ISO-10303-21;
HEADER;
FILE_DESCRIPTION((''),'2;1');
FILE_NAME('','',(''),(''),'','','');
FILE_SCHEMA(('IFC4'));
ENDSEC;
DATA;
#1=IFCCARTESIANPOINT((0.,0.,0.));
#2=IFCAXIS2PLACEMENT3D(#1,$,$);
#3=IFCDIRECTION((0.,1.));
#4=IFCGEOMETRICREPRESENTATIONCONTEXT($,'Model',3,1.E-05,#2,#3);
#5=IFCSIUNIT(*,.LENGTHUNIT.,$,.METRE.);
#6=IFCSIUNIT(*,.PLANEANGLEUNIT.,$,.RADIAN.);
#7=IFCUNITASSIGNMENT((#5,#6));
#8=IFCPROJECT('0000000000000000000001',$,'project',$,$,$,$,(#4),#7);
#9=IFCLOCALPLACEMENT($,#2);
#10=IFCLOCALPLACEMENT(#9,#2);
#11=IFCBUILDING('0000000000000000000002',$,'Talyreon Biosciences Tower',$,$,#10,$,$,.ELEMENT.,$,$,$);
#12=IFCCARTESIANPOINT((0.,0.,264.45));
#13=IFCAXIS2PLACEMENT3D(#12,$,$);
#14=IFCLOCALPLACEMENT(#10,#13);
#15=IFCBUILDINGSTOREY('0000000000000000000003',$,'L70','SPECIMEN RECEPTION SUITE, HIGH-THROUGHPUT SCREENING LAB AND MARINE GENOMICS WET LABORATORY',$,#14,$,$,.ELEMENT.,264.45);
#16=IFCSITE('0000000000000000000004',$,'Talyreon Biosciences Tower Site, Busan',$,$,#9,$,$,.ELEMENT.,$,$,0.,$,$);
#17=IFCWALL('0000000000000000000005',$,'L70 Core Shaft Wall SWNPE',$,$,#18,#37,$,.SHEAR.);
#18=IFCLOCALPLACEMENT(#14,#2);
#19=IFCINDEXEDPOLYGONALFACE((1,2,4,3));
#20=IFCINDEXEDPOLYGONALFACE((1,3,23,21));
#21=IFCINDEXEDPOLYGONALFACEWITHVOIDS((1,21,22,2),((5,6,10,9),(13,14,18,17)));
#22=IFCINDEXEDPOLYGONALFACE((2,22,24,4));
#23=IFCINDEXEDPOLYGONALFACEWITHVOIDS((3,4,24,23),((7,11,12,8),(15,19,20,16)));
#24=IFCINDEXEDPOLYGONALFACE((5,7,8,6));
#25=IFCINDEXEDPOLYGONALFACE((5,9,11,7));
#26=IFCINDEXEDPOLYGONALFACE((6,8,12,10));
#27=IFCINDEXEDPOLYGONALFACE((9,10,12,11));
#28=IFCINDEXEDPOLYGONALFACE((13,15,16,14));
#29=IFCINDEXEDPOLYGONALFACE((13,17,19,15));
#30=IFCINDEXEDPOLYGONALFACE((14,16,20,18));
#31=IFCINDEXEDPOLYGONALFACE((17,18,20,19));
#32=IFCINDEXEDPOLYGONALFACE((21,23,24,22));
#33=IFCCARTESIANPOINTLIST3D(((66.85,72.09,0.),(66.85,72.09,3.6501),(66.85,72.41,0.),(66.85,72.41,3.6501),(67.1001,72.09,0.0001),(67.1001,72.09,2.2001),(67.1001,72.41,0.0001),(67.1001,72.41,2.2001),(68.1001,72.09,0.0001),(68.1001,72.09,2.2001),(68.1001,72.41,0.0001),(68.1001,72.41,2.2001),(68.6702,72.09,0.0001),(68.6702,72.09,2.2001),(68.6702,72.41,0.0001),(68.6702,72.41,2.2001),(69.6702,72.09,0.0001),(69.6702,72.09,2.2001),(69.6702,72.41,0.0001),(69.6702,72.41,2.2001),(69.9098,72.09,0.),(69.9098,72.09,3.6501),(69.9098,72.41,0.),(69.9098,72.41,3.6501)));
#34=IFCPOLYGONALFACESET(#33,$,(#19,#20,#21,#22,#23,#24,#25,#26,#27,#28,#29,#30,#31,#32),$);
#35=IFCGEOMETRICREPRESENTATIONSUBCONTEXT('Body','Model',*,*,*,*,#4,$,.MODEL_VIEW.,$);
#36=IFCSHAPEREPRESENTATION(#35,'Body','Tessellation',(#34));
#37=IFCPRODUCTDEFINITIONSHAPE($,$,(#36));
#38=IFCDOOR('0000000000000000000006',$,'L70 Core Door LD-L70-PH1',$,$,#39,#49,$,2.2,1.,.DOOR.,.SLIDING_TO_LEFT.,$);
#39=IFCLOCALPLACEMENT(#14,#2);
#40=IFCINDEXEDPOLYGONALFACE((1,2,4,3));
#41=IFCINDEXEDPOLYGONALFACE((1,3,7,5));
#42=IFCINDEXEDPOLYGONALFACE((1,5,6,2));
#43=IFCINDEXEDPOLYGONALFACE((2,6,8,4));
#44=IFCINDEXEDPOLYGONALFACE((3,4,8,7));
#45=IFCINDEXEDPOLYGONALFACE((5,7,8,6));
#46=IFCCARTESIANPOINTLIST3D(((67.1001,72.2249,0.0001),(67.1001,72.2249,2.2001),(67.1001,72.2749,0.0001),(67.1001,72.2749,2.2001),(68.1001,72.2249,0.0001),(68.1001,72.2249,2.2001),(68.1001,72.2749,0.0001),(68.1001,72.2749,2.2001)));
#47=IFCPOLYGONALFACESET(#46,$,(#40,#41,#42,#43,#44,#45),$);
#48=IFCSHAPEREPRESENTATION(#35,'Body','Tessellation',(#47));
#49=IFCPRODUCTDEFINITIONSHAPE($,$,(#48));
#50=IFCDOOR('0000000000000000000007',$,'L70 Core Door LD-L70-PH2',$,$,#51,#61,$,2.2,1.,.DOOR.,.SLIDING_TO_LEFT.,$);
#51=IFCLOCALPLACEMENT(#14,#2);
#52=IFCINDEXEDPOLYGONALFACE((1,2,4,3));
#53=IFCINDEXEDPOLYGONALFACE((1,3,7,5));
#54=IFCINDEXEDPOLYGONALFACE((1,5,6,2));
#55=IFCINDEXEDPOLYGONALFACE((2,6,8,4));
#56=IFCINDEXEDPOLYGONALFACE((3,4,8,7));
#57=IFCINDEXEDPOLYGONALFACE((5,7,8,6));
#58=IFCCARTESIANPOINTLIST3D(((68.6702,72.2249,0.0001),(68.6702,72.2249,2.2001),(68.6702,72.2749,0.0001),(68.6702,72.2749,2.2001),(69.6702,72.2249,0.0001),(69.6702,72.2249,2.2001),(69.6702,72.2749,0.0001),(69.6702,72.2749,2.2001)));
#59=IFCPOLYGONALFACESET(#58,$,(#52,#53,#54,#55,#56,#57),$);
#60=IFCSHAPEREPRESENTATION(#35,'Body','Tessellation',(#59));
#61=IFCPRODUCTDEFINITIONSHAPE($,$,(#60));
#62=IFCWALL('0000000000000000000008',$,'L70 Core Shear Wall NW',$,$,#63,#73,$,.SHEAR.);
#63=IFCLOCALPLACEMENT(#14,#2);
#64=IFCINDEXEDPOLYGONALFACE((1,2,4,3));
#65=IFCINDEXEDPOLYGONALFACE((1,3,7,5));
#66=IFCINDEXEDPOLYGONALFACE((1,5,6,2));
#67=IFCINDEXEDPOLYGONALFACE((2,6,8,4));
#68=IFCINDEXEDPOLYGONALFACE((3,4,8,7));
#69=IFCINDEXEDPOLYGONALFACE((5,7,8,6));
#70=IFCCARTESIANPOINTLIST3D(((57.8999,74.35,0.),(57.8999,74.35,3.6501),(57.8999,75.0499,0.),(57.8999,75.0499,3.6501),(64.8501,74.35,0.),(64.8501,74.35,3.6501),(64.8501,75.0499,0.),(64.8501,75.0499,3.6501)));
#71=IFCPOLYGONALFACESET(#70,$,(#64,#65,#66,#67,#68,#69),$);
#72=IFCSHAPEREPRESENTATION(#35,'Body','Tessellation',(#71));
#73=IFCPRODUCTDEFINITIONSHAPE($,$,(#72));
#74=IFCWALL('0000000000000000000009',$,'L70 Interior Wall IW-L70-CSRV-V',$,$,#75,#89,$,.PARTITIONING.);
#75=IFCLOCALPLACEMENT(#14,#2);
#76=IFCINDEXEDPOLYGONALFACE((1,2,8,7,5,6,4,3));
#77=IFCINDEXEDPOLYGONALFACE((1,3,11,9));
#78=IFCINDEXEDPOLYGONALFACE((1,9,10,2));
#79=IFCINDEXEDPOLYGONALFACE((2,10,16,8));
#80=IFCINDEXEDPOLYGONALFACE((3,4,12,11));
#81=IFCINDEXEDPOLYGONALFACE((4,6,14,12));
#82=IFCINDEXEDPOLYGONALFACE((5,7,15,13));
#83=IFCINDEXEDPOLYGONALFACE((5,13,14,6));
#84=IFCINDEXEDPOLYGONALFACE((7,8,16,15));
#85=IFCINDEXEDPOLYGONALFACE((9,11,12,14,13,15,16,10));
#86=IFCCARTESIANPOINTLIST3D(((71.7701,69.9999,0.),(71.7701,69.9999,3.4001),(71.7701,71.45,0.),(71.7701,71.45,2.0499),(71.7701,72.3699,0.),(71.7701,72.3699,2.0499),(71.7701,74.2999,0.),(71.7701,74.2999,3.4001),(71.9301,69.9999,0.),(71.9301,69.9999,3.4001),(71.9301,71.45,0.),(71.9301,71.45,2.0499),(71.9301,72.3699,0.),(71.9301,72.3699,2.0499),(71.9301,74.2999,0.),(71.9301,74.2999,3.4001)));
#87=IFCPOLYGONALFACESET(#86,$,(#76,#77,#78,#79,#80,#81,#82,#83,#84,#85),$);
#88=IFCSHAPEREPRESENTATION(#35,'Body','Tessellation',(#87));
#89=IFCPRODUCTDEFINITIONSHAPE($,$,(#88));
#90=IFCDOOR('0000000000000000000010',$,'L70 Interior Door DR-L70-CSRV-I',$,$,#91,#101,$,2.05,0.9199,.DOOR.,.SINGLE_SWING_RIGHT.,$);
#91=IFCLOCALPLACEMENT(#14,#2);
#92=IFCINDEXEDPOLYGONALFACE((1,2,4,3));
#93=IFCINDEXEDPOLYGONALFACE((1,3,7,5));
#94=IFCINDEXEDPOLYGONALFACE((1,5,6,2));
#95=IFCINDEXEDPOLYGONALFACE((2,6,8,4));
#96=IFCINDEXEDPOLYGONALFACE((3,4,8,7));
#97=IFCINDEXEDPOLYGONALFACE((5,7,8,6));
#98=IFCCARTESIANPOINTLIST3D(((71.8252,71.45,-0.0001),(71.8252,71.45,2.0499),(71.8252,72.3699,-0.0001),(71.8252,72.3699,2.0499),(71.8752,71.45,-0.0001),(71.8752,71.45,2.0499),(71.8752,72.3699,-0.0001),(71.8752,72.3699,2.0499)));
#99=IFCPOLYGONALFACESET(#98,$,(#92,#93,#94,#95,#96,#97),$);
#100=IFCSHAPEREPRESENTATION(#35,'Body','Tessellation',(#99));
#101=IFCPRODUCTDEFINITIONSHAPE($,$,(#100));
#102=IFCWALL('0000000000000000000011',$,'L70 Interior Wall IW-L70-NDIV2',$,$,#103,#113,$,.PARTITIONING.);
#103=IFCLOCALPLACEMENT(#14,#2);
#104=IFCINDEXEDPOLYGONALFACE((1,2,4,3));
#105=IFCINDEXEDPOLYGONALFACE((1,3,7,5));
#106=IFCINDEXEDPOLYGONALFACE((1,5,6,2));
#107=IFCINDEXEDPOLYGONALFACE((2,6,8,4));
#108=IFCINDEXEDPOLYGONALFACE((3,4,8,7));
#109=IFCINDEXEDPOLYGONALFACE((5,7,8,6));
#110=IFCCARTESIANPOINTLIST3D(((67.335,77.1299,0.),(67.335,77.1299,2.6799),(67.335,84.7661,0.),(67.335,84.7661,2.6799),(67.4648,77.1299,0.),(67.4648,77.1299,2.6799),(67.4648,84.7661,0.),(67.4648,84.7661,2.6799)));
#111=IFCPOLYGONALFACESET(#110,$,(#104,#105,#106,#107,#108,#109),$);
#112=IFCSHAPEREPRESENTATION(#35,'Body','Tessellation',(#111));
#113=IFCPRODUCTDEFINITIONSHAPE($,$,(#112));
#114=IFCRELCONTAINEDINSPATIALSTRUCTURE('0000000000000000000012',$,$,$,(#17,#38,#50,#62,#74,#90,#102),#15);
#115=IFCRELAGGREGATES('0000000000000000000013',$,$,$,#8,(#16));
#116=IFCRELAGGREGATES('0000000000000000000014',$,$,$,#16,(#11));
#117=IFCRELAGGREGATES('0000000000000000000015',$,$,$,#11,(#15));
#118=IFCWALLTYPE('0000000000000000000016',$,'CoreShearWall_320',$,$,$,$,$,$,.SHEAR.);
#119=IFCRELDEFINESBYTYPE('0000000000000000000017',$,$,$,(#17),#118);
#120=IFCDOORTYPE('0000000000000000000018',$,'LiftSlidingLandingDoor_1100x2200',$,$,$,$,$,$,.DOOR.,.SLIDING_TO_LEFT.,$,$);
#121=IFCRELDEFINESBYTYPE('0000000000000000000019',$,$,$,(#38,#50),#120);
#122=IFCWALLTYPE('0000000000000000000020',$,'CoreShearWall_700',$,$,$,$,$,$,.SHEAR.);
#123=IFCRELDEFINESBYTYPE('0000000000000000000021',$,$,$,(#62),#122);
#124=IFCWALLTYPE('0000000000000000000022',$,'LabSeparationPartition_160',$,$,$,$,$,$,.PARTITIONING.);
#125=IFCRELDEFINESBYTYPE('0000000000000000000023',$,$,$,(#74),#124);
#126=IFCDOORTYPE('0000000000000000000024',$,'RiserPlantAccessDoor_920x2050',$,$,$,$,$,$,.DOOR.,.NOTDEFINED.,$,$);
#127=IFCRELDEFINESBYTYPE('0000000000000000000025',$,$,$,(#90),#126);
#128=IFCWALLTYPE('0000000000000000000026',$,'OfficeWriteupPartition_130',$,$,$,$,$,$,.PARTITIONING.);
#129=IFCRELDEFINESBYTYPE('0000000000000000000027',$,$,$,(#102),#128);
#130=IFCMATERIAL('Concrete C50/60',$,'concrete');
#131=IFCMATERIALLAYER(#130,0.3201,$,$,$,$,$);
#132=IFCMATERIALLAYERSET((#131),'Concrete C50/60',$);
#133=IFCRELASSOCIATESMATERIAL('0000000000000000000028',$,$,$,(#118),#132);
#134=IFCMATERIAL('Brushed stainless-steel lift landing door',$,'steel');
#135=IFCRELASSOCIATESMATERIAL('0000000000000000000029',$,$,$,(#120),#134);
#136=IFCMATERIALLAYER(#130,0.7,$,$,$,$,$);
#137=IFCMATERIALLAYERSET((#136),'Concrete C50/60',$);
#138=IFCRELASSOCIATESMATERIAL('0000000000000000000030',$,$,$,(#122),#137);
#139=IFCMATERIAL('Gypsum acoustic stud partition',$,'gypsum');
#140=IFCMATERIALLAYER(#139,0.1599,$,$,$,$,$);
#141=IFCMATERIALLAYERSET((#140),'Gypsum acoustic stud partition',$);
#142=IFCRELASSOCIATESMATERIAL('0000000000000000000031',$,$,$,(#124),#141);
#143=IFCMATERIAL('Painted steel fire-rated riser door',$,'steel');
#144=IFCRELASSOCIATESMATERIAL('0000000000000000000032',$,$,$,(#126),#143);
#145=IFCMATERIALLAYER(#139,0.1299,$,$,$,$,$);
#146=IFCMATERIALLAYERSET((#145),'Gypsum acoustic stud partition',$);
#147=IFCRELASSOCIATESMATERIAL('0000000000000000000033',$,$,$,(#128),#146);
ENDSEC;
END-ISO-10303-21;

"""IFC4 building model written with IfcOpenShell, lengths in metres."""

from ifc_helpers import new_model, si_unit, direction, frame, frame_2d, origin, place, context, subcontext, project, spatial, rectangle, extrude, material, layer, layer_set, type_object, element, fill, save


model = new_model("IFC4")

# Units and contexts
model_context = context("Model", 3, precision=1e-05, world=origin(), true_north=direction((0.0, 1.0)))
body_context = subcontext(model_context, "Body", "Model", "MODEL_VIEW")
ifc_project = project(units=[si_unit("LENGTHUNIT", "METRE"), si_unit("PLANEANGLEUNIT", "RADIAN")], contexts=[model_context])

# Site, building, storey
site_placement = place(None, origin())
site = spatial("IfcSite", under=ifc_project, at=site_placement, Name="Talyreon Biosciences Tower Site, Busan", CompositionType="ELEMENT", RefElevation=0.0)
building_placement = place(site_placement, origin())
building = spatial("IfcBuilding", under=site, at=building_placement, Name="Talyreon Biosciences Tower", CompositionType="ELEMENT")
storey_placement = place(building_placement, frame((0.0, 0.0, 264.45)))
storey = spatial("IfcBuildingStorey", under=building, at=storey_placement, Name="L70", Description="SPECIMEN RECEPTION SUITE, HIGH-THROUGHPUT SCREENING LAB AND MARINE GENOMICS WET LABORATORY", CompositionType="ELEMENT", Elevation=264.45)

# Shared definitions
ifc_material_1 = material(Name="Concrete C50/60", Category="concrete")

# Shared definitions
ifc_layer_1 = layer(ifc_material_1, 0.3201)
ifc_layer_set_1 = layer_set([ifc_layer_1], Name="Concrete C50/60")
wall_type_1 = type_object("IfcWallType", Name="CoreShearWall_320", PredefinedType="SHEAR", material=ifc_layer_set_1)

# Wall, openings, doors
wall_1_placement = place(storey_placement, frame((66.8501, 72.25, 0.0), z_axis=(0.0, 0.0, 1.0), x_axis=(1.0, 0.0, 0.0)))
wall_1 = element("IfcWall", 1, at=wall_1_placement, inside=storey, type_object=wall_type_1, Name="L70 Core Shaft Wall SWNPE", PredefinedType="SHEAR", context=body_context, shape_type="SweptSolid", body=[
    extrude(rectangle(XDim=3.0598, YDim=0.3201, at=frame_2d((1.5298, 0.0))), origin(), (0.0, 0.0, 1.0), 3.6501),
])
opening_1_placement = place(wall_1_placement, frame((0.25, 0.0, 0.0)))
opening_1 = element("IfcOpeningElement", 2, at=opening_1_placement, cuts=wall_1, PredefinedType="OPENING", context=body_context, shape_type="SweptSolid", body=[
    extrude(rectangle(XDim=1.0, YDim=2.2, at=frame_2d((0.5, 1.1001))), frame((0.0, 0.1699, 0.0), z_axis=(0.0, -1.0, 0.0), x_axis=(1.0, 0.0, 0.0)), (0.0, 0.0, 1.0), 0.3401),
])
opening_2_placement = place(wall_1_placement, frame((1.8201, 0.0, 0.0)))
opening_2 = element("IfcOpeningElement", 3, at=opening_2_placement, cuts=wall_1, PredefinedType="OPENING", context=body_context, shape_type="SweptSolid", body=[
    extrude(rectangle(XDim=1.0, YDim=2.2, at=frame_2d((0.5, 1.1001))), frame((0.0, 0.1699, 0.0), z_axis=(0.0, -1.0, 0.0), x_axis=(1.0, 0.0, 0.0)), (0.0, 0.0, 1.0), 0.3401),
])
ifc_material_2 = material(Name="Brushed stainless-steel lift landing door", Category="steel")
door_type_1 = type_object("IfcDoorType", Name="LiftSlidingLandingDoor_1100x2200", OperationType="SLIDING_TO_LEFT", PredefinedType="DOOR", material=ifc_material_2)
door_1_placement = place(opening_1_placement, origin())
door_1 = element("IfcDoor", 4, at=door_1_placement, inside=storey, type_object=door_type_1, Name="L70 Core Door LD-L70-PH1", OperationType="SLIDING_TO_LEFT", OverallHeight=2.2, OverallWidth=1.0, PredefinedType="DOOR", context=body_context, shape_type="SweptSolid", body=[
    extrude(rectangle(XDim=1.0, YDim=2.2, at=frame_2d((0.5, 1.1001))), frame((0.0, 0.0249, 0.0), z_axis=(0.0, -1.0, 0.0), x_axis=(1.0, 0.0, 0.0)), (0.0, 0.0, 1.0), 0.05),
])
fill(opening_1, door_1)
door_2_placement = place(opening_2_placement, origin())
door_2 = element("IfcDoor", 5, at=door_2_placement, inside=storey, type_object=door_type_1, Name="L70 Core Door LD-L70-PH2", OperationType="SLIDING_TO_LEFT", OverallHeight=2.2, OverallWidth=1.0, PredefinedType="DOOR", context=body_context, shape_type="SweptSolid", body=[
    extrude(rectangle(XDim=1.0, YDim=2.2, at=frame_2d((0.5, 1.1001))), frame((0.0, 0.0249, 0.0), z_axis=(0.0, -1.0, 0.0), x_axis=(1.0, 0.0, 0.0)), (0.0, 0.0, 1.0), 0.05),
])
fill(opening_2, door_2)

# Wall
ifc_layer_2 = layer(ifc_material_1, 0.7)
ifc_layer_set_2 = layer_set([ifc_layer_2], Name="Concrete C50/60")
wall_type_2 = type_object("IfcWallType", Name="CoreShearWall_700", PredefinedType="SHEAR", material=ifc_layer_set_2)
wall_2_placement = place(storey_placement, frame((64.8501, 74.7, 0.0), z_axis=(0.0, 0.0, 1.0), x_axis=(-1.0, 0.0, 0.0)))
element("IfcWall", 6, at=wall_2_placement, inside=storey, type_object=wall_type_2, Name="L70 Core Shear Wall NW", PredefinedType="SHEAR", context=body_context, shape_type="SweptSolid", body=[
    extrude(rectangle(XDim=6.9502, YDim=0.7, at=frame_2d((3.4751, 0.0))), origin(), (0.0, 0.0, 1.0), 3.6501),
])

# Wall, opening, door
ifc_material_3 = material(Name="Gypsum acoustic stud partition", Category="gypsum")
ifc_layer_3 = layer(ifc_material_3, 0.1599)
ifc_layer_set_3 = layer_set([ifc_layer_3], Name="Gypsum acoustic stud partition")
wall_type_3 = type_object("IfcWallType", Name="LabSeparationPartition_160", PredefinedType="PARTITIONING", material=ifc_layer_set_3)
wall_3_placement = place(storey_placement, frame((71.8501, 70.0, 0.0), z_axis=(0.0, 0.0, 1.0), x_axis=(0.0, 1.0, 0.0)))
wall_3 = element("IfcWall", 7, at=wall_3_placement, inside=storey, type_object=wall_type_3, Name="L70 Interior Wall IW-L70-CSRV-V", PredefinedType="PARTITIONING", context=body_context, shape_type="SweptSolid", body=[
    extrude(rectangle(XDim=4.3, YDim=0.1599, at=frame_2d((2.1499, 0.0))), origin(), (0.0, 0.0, 1.0), 3.4001),
])
opening_3_placement = place(wall_3_placement, frame((1.45, 0.0, 0.0)))
opening_3 = element("IfcOpeningElement", 8, at=opening_3_placement, cuts=wall_3, PredefinedType="OPENING", context=body_context, shape_type="SweptSolid", body=[
    extrude(rectangle(XDim=0.9199, YDim=2.05, at=frame_2d((0.46, 1.0249))), frame((0.0, 0.0898, 0.0), z_axis=(0.0, -1.0, 0.0), x_axis=(1.0, 0.0, 0.0)), (0.0, 0.0, 1.0), 0.1799),
])
ifc_material_4 = material(Name="Painted steel fire-rated riser door", Category="steel")
door_type_2 = type_object("IfcDoorType", Name="RiserPlantAccessDoor_920x2050", OperationType="NOTDEFINED", PredefinedType="DOOR", material=ifc_material_4)
door_3_placement = place(opening_3_placement, origin())
door_3 = element("IfcDoor", 9, at=door_3_placement, inside=storey, type_object=door_type_2, Name="L70 Interior Door DR-L70-CSRV-I", OperationType="SINGLE_SWING_RIGHT", OverallHeight=2.05, OverallWidth=0.9199, PredefinedType="DOOR", context=body_context, shape_type="SweptSolid", body=[
    extrude(rectangle(XDim=0.9199, YDim=2.05, at=frame_2d((0.46, 1.0249))), frame((0.0, 0.0249, 0.0), z_axis=(0.0, -1.0, 0.0), x_axis=(1.0, 0.0, 0.0)), (0.0, 0.0, 1.0), 0.05),
])
fill(opening_3, door_3)

# Wall
ifc_layer_4 = layer(ifc_material_3, 0.1299)
ifc_layer_set_4 = layer_set([ifc_layer_4], Name="Gypsum acoustic stud partition")
wall_type_4 = type_object("IfcWallType", Name="OfficeWriteupPartition_130", PredefinedType="PARTITIONING", material=ifc_layer_set_4)
wall_4_placement = place(storey_placement, frame((67.3999, 77.1299, 0.0), z_axis=(0.0, 0.0, 1.0), x_axis=(0.0, 1.0, 0.0)))
element("IfcWall", 10, at=wall_4_placement, inside=storey, type_object=wall_type_4, Name="L70 Interior Wall IW-L70-NDIV2", PredefinedType="PARTITIONING", context=body_context, shape_type="SweptSolid", body=[
    extrude(rectangle(XDim=7.6362, YDim=0.1299, at=frame_2d((3.8181, 0.0))), origin(), (0.0, 0.0, 1.0), 2.6799),
])

save(model, "model.ifc")
